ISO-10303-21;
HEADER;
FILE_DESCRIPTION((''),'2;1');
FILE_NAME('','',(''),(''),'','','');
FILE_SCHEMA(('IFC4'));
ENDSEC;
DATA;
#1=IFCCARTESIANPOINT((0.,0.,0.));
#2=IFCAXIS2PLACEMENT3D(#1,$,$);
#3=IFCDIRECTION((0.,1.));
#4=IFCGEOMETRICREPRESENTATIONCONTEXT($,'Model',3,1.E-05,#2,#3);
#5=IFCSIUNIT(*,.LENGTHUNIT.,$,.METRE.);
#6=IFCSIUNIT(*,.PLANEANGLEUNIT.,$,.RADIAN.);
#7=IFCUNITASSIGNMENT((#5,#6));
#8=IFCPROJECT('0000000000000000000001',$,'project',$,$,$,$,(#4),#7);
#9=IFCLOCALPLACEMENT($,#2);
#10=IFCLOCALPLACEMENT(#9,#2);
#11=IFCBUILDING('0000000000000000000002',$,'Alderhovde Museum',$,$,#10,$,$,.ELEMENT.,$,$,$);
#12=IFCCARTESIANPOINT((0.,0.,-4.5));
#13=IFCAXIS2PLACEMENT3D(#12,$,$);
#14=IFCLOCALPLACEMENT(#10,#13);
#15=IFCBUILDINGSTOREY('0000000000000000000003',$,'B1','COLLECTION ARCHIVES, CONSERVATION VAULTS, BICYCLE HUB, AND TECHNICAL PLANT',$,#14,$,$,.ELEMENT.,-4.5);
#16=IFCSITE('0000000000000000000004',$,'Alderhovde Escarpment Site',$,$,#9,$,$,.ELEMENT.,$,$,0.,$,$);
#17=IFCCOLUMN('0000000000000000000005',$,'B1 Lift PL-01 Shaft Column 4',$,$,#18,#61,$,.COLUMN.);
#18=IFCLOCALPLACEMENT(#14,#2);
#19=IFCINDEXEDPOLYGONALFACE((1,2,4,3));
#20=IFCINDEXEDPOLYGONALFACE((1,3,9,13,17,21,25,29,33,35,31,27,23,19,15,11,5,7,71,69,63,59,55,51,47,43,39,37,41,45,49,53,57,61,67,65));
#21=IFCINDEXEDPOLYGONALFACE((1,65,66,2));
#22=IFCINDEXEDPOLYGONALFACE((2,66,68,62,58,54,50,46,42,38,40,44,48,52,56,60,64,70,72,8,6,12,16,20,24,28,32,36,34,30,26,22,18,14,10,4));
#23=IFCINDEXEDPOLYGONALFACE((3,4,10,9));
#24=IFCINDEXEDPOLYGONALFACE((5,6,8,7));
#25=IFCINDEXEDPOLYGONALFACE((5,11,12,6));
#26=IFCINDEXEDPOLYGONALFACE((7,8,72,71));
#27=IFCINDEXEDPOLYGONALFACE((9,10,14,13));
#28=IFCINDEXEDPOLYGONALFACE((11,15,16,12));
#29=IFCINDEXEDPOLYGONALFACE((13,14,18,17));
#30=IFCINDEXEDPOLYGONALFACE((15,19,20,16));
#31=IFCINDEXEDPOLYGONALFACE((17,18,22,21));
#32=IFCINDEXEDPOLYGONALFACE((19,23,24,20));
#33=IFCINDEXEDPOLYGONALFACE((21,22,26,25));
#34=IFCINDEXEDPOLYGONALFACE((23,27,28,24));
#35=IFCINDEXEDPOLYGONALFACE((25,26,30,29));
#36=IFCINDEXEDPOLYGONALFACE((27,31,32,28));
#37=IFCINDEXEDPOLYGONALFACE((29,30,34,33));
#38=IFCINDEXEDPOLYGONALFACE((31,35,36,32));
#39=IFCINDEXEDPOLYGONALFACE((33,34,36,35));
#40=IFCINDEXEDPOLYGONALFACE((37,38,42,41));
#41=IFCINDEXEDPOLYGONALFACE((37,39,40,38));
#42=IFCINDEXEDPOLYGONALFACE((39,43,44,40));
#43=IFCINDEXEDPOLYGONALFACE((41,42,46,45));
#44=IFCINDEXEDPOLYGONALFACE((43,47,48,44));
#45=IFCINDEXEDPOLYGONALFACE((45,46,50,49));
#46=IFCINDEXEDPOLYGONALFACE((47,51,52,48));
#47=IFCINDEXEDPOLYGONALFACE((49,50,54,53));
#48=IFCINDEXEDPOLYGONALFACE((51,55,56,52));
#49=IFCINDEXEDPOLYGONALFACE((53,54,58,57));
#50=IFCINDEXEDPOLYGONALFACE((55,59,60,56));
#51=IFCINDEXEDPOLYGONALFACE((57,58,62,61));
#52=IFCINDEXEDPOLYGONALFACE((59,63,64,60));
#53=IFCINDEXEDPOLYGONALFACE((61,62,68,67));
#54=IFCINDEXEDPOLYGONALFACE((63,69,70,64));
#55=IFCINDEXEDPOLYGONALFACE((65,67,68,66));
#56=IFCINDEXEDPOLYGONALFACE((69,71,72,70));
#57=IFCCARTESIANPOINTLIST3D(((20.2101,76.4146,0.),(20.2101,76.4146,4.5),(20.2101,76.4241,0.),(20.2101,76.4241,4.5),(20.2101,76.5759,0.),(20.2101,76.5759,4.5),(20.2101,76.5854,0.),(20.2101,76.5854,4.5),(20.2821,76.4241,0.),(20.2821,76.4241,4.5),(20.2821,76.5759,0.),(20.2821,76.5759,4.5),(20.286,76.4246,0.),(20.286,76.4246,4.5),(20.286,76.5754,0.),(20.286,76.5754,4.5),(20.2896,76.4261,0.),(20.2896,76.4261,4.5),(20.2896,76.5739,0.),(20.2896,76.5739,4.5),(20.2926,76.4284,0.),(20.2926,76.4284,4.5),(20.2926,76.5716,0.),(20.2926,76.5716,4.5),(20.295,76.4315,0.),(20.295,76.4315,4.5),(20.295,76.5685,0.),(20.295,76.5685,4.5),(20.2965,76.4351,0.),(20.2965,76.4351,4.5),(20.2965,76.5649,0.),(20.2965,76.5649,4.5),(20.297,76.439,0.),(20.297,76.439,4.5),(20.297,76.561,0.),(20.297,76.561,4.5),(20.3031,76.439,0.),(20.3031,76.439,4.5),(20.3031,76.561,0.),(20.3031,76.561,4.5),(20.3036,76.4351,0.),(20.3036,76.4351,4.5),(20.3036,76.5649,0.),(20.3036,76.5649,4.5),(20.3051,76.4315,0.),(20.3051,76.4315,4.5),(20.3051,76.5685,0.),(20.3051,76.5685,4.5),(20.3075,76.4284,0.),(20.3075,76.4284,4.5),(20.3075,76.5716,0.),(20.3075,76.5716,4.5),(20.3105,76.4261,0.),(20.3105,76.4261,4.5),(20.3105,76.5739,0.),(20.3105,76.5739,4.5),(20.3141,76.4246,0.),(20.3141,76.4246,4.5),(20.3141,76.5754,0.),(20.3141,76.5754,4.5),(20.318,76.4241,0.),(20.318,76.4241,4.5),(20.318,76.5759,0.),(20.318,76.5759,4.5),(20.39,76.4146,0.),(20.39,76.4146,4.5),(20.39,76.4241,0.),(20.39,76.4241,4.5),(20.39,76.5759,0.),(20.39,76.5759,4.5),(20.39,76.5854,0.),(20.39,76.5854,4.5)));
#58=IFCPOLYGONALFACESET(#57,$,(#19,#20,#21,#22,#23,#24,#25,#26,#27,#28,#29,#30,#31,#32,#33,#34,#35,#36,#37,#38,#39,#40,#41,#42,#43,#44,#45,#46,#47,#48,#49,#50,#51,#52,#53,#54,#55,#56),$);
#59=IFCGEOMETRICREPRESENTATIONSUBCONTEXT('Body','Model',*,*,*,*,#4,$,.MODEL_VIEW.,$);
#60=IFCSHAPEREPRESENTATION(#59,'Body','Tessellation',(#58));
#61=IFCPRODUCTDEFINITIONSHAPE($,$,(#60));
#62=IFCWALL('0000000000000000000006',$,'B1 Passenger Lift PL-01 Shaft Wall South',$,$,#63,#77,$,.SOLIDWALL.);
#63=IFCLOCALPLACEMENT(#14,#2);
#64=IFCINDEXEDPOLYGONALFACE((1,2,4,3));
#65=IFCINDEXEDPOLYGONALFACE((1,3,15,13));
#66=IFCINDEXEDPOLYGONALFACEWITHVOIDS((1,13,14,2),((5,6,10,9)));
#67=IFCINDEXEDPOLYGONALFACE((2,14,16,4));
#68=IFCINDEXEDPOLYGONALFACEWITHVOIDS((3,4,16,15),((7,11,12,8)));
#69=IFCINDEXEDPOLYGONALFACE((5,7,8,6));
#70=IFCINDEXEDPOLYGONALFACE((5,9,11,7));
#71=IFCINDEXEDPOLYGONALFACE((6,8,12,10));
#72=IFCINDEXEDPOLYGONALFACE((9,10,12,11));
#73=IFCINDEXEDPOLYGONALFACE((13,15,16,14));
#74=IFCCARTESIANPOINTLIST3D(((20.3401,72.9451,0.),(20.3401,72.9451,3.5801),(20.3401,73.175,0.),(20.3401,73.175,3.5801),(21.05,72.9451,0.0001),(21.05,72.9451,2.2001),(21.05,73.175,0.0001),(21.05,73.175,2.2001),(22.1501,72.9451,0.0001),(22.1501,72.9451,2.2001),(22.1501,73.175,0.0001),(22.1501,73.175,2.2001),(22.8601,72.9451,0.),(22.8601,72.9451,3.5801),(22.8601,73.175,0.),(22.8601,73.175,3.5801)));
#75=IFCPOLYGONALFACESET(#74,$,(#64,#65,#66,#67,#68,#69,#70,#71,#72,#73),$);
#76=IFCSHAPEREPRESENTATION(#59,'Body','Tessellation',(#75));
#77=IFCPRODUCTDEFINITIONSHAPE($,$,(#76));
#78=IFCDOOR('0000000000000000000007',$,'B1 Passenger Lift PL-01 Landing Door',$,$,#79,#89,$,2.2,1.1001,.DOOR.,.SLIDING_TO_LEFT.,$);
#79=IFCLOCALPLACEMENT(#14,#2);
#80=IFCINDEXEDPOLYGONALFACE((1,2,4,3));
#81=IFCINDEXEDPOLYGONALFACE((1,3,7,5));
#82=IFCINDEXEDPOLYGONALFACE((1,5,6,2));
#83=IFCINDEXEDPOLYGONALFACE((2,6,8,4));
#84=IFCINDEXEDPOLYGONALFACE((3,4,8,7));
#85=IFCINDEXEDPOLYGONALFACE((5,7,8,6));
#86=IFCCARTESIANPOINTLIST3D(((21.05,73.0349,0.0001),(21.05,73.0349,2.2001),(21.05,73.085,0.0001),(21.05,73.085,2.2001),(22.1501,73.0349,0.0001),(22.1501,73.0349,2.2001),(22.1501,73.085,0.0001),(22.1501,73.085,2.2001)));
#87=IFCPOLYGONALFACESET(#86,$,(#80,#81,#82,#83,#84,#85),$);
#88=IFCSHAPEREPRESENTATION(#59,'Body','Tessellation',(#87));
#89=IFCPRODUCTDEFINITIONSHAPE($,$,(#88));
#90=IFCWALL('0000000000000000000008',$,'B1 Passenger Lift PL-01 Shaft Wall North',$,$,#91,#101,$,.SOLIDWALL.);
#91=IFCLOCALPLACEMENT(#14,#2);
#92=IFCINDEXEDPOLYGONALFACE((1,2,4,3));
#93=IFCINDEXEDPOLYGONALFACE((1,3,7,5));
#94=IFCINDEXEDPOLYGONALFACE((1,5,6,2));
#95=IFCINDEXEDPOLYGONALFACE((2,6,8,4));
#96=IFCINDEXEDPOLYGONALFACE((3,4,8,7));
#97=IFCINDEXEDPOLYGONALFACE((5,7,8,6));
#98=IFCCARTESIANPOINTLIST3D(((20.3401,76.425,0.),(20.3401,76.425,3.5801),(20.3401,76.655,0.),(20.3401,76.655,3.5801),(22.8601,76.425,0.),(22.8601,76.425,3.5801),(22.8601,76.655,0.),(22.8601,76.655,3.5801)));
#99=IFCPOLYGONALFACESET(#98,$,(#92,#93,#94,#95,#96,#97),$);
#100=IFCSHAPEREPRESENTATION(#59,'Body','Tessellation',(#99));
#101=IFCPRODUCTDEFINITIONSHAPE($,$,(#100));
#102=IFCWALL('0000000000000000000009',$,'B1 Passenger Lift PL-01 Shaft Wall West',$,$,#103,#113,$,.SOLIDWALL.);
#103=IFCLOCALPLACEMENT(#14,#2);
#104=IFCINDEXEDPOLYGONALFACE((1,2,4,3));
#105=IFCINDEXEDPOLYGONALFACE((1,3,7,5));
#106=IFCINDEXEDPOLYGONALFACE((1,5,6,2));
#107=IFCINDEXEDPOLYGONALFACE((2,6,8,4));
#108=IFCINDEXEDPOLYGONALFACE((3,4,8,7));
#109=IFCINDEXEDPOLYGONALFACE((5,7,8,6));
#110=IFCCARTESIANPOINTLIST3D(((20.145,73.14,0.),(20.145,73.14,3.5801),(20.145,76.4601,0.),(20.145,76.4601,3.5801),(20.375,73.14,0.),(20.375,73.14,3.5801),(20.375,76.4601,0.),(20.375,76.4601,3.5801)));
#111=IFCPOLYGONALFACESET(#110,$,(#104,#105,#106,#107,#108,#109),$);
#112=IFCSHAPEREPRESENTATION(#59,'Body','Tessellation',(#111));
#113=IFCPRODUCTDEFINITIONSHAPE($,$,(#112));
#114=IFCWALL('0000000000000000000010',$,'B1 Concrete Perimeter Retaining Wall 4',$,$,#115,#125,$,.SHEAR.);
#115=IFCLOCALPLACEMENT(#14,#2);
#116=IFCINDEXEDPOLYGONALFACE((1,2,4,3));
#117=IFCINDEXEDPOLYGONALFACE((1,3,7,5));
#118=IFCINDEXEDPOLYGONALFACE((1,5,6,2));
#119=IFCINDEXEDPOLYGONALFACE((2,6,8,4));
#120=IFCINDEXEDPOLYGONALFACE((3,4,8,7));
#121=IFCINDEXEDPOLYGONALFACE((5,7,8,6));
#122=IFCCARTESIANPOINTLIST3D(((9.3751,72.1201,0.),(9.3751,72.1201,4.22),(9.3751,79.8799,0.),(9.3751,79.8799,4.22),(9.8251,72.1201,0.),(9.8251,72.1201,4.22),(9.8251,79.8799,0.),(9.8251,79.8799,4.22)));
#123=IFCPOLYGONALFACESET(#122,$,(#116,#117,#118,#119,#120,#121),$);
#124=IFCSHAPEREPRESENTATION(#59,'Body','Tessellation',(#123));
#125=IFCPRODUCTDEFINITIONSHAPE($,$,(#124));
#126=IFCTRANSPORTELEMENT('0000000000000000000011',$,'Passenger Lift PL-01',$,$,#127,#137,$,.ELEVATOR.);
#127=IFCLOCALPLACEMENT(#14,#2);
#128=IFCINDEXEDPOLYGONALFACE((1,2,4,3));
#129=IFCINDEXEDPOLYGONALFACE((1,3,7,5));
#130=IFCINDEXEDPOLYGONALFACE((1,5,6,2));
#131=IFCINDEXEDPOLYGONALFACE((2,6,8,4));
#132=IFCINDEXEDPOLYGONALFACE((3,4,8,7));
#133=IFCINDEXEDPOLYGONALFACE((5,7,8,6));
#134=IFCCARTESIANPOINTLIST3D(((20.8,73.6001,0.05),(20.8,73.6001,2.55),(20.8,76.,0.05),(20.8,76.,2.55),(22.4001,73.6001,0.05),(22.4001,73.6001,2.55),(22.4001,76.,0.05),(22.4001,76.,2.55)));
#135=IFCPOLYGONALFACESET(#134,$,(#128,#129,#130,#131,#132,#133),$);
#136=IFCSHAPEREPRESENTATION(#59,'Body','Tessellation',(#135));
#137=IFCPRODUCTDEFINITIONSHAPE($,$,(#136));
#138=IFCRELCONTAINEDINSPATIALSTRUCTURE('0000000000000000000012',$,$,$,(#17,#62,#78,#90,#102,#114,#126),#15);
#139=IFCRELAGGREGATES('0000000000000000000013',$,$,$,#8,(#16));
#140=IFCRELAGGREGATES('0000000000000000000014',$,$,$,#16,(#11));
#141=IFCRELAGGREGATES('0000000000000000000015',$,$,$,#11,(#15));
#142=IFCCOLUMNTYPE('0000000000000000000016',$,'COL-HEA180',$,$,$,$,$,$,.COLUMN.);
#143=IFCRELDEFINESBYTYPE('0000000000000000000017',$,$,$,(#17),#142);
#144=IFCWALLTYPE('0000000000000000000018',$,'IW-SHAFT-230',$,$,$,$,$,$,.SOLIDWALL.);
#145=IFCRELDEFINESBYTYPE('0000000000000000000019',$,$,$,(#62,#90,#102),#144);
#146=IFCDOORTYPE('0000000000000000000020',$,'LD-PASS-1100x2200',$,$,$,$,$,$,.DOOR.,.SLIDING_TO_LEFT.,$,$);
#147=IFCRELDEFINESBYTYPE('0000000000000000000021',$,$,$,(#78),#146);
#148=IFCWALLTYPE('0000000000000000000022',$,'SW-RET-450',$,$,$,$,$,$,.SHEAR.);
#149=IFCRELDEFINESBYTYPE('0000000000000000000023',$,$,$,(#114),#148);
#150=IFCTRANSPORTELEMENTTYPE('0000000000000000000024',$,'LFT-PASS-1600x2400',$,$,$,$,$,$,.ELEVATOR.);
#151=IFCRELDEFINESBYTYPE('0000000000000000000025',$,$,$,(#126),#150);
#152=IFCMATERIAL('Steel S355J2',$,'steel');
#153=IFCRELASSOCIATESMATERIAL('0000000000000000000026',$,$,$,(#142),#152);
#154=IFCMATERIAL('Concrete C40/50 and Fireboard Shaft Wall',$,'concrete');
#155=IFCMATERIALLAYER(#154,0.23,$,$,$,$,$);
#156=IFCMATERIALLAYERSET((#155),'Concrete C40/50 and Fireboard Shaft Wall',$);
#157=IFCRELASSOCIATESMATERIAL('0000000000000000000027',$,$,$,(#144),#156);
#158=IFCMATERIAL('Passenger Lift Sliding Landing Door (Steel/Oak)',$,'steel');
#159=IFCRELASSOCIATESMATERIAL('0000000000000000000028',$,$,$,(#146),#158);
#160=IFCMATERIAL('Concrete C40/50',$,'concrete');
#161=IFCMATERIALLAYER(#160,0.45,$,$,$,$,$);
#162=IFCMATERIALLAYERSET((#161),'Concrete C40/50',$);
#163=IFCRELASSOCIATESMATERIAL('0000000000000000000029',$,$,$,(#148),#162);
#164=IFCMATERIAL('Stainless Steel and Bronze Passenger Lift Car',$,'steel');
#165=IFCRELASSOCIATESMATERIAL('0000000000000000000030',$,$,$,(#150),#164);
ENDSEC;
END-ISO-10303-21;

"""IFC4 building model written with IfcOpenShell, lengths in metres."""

from ifc_helpers import new_model, si_unit, direction, frame, frame_2d, origin, origin_2d, place, context, subcontext, project, spatial, rectangle, i_section, extrude, material, layer, layer_set, material_profile, profile_set, type_object, element, fill, save


model = new_model("IFC4")

# Units and contexts
model_context = context("Model", 3, precision=1e-05, world=origin(), true_north=direction((0.0, 1.0)))
body_context = subcontext(model_context, "Body", "Model", "MODEL_VIEW")
ifc_project = project(units=[si_unit("LENGTHUNIT", "METRE"), si_unit("PLANEANGLEUNIT", "RADIAN")], contexts=[model_context])

# Site, building, storey
site_placement = place(None, origin())
site = spatial("IfcSite", under=ifc_project, at=site_placement, Name="Alderhovde Escarpment Site", CompositionType="ELEMENT", RefElevation=0.0)
building_placement = place(site_placement, origin())
building = spatial("IfcBuilding", under=site, at=building_placement, Name="Alderhovde Museum", CompositionType="ELEMENT")
storey_placement = place(building_placement, frame((0.0, 0.0, -4.5)))
storey = spatial("IfcBuildingStorey", under=building, at=storey_placement, Name="B1", Description="COLLECTION ARCHIVES, CONSERVATION VAULTS, BICYCLE HUB, AND TECHNICAL PLANT", CompositionType="ELEMENT", Elevation=-4.5)

# Column
ifc_material_1 = material(Name="Steel S355J2", Category="steel")
ifc_material_profile_1 = material_profile(ifc_material_1, i_section(OverallWidth=0.1799, OverallDepth=0.1709, WebThickness=0.0061, FlangeThickness=0.0095, FilletRadius=0.0149, at=origin_2d()), Name="HEA 180")
ifc_profile_set_1 = profile_set([ifc_material_profile_1], Name="Steel S355J2")
column_type = type_object("IfcColumnType", Name="COL-HEA180", PredefinedType="COLUMN", material=ifc_profile_set_1)
for number, where, z_axis, x_axis, name in (
    (1, (20.3, 76.5, 0.0), (0.0, 0.0, 1.0), (1.0, 0.0, 0.0), "B1 Lift PL-01 Shaft Column 4"),
):
    element("IfcColumn", number, at=place(storey_placement, frame(where, z_axis=z_axis, x_axis=x_axis)), inside=storey, type_object=column_type, Name=name, PredefinedType="COLUMN", context=body_context, shape_type="SweptSolid", body=[
        extrude(i_section(OverallWidth=0.1799, OverallDepth=0.1709, WebThickness=0.0061, FlangeThickness=0.0095, FilletRadius=0.0149, at=origin_2d()), origin(), (0.0, 0.0, 1.0), 4.5),
    ])

# Wall, opening, door
ifc_material_2 = material(Name="Concrete C40/50 and Fireboard Shaft Wall", Category="concrete")
ifc_layer_1 = layer(ifc_material_2, 0.23)
ifc_layer_set_1 = layer_set([ifc_layer_1], Name="Concrete C40/50 and Fireboard Shaft Wall")
wall_type_1 = type_object("IfcWallType", Name="IW-SHAFT-230", PredefinedType="SOLIDWALL", material=ifc_layer_set_1)
wall_1_placement = place(storey_placement, frame((20.3401, 73.0601, 0.0), z_axis=(0.0, 0.0, 1.0), x_axis=(1.0, 0.0, 0.0)))
wall_1 = element("IfcWall", 2, at=wall_1_placement, inside=storey, type_object=wall_type_1, Name="B1 Passenger Lift PL-01 Shaft Wall South", PredefinedType="SOLIDWALL", context=body_context, shape_type="SweptSolid", body=[
    extrude(rectangle(XDim=2.52, YDim=0.23, at=frame_2d((1.26, 0.0))), origin(), (0.0, 0.0, 1.0), 3.5801),
])
opening_placement = place(wall_1_placement, frame((0.71, 0.0, 0.0)))
opening = element("IfcOpeningElement", 3, at=opening_placement, cuts=wall_1, PredefinedType="OPENING", context=body_context, shape_type="SweptSolid", body=[
    extrude(rectangle(XDim=1.1001, YDim=2.2, at=frame_2d((0.55, 1.1001))), frame((0.0, 0.125, 0.0), z_axis=(0.0, -1.0, 0.0), x_axis=(1.0, 0.0, 0.0)), (0.0, 0.0, 1.0), 0.25),
])
ifc_material_3 = material(Name="Passenger Lift Sliding Landing Door (Steel/Oak)", Category="steel")
door_type = type_object("IfcDoorType", Name="LD-PASS-1100x2200", OperationType="SLIDING_TO_LEFT", PredefinedType="DOOR", material=ifc_material_3)
door_placement = place(opening_placement, origin())
door = element("IfcDoor", 4, at=door_placement, inside=storey, type_object=door_type, Name="B1 Passenger Lift PL-01 Landing Door", OperationType="SLIDING_TO_LEFT", OverallHeight=2.2, OverallWidth=1.1001, PredefinedType="DOOR", context=body_context, shape_type="SweptSolid", body=[
    extrude(rectangle(XDim=1.1001, YDim=2.2, at=frame_2d((0.55, 1.1001))), frame((0.0, 0.0249, 0.0), z_axis=(0.0, -1.0, 0.0), x_axis=(1.0, 0.0, 0.0)), (0.0, 0.0, 1.0), 0.05),
])
fill(opening, door)

# Walls
wall_2_placement = place(storey_placement, frame((20.3401, 76.54, 0.0), z_axis=(0.0, 0.0, 1.0), x_axis=(1.0, 0.0, 0.0)))
element("IfcWall", 5, at=wall_2_placement, inside=storey, type_object=wall_type_1, Name="B1 Passenger Lift PL-01 Shaft Wall North", PredefinedType="SOLIDWALL", context=body_context, shape_type="SweptSolid", body=[
    extrude(rectangle(XDim=2.52, YDim=0.23, at=frame_2d((1.26, 0.0))), origin(), (0.0, 0.0, 1.0), 3.5801),
])
wall_3_placement = place(storey_placement, frame((20.26, 73.1399, 0.0), z_axis=(0.0, 0.0, 1.0), x_axis=(0.0, 1.0, 0.0)))
element("IfcWall", 6, at=wall_3_placement, inside=storey, type_object=wall_type_1, Name="B1 Passenger Lift PL-01 Shaft Wall West", PredefinedType="SOLIDWALL", context=body_context, shape_type="SweptSolid", body=[
    extrude(rectangle(XDim=3.3201, YDim=0.23, at=frame_2d((1.6602, 0.0))), origin(), (0.0, 0.0, 1.0), 3.5801),
])
ifc_material_4 = material(Name="Concrete C40/50", Category="concrete")
ifc_layer_2 = layer(ifc_material_4, 0.45)
ifc_layer_set_2 = layer_set([ifc_layer_2], Name="Concrete C40/50")
wall_type_2 = type_object("IfcWallType", Name="SW-RET-450", PredefinedType="SHEAR", material=ifc_layer_set_2)
wall_4_placement = place(storey_placement, frame((9.6001, 72.1201, 0.0), z_axis=(0.0, 0.0, 1.0), x_axis=(0.0, 1.0, 0.0)))
element("IfcWall", 7, at=wall_4_placement, inside=storey, type_object=wall_type_2, Name="B1 Concrete Perimeter Retaining Wall 4", PredefinedType="SHEAR", context=body_context, shape_type="SweptSolid", body=[
    extrude(rectangle(XDim=7.7598, YDim=0.45, at=frame_2d((3.8799, 0.0))), origin(), (0.0, 0.0, 1.0), 4.22),
])

# Transport element
ifc_material_5 = material(Name="Stainless Steel and Bronze Passenger Lift Car", Category="steel")
transport_element_type = type_object("IfcTransportElementType", Name="LFT-PASS-1600x2400", PredefinedType="ELEVATOR", material=ifc_material_5)
transport_element_placement = place(storey_placement, frame((21.6001, 74.8, 0.05), z_axis=(0.0, 0.0, 1.0), x_axis=(1.0, 0.0, 0.0)))
element("IfcTransportElement", 8, at=transport_element_placement, inside=storey, type_object=transport_element_type, Name="Passenger Lift PL-01", PredefinedType="ELEVATOR", context=body_context, shape_type="SweptSolid", body=[
    extrude(rectangle(XDim=1.6001, YDim=2.3999, at=origin_2d()), origin(), (0.0, 0.0, 1.0), 2.5),
])

save(model, "model.ifc")
